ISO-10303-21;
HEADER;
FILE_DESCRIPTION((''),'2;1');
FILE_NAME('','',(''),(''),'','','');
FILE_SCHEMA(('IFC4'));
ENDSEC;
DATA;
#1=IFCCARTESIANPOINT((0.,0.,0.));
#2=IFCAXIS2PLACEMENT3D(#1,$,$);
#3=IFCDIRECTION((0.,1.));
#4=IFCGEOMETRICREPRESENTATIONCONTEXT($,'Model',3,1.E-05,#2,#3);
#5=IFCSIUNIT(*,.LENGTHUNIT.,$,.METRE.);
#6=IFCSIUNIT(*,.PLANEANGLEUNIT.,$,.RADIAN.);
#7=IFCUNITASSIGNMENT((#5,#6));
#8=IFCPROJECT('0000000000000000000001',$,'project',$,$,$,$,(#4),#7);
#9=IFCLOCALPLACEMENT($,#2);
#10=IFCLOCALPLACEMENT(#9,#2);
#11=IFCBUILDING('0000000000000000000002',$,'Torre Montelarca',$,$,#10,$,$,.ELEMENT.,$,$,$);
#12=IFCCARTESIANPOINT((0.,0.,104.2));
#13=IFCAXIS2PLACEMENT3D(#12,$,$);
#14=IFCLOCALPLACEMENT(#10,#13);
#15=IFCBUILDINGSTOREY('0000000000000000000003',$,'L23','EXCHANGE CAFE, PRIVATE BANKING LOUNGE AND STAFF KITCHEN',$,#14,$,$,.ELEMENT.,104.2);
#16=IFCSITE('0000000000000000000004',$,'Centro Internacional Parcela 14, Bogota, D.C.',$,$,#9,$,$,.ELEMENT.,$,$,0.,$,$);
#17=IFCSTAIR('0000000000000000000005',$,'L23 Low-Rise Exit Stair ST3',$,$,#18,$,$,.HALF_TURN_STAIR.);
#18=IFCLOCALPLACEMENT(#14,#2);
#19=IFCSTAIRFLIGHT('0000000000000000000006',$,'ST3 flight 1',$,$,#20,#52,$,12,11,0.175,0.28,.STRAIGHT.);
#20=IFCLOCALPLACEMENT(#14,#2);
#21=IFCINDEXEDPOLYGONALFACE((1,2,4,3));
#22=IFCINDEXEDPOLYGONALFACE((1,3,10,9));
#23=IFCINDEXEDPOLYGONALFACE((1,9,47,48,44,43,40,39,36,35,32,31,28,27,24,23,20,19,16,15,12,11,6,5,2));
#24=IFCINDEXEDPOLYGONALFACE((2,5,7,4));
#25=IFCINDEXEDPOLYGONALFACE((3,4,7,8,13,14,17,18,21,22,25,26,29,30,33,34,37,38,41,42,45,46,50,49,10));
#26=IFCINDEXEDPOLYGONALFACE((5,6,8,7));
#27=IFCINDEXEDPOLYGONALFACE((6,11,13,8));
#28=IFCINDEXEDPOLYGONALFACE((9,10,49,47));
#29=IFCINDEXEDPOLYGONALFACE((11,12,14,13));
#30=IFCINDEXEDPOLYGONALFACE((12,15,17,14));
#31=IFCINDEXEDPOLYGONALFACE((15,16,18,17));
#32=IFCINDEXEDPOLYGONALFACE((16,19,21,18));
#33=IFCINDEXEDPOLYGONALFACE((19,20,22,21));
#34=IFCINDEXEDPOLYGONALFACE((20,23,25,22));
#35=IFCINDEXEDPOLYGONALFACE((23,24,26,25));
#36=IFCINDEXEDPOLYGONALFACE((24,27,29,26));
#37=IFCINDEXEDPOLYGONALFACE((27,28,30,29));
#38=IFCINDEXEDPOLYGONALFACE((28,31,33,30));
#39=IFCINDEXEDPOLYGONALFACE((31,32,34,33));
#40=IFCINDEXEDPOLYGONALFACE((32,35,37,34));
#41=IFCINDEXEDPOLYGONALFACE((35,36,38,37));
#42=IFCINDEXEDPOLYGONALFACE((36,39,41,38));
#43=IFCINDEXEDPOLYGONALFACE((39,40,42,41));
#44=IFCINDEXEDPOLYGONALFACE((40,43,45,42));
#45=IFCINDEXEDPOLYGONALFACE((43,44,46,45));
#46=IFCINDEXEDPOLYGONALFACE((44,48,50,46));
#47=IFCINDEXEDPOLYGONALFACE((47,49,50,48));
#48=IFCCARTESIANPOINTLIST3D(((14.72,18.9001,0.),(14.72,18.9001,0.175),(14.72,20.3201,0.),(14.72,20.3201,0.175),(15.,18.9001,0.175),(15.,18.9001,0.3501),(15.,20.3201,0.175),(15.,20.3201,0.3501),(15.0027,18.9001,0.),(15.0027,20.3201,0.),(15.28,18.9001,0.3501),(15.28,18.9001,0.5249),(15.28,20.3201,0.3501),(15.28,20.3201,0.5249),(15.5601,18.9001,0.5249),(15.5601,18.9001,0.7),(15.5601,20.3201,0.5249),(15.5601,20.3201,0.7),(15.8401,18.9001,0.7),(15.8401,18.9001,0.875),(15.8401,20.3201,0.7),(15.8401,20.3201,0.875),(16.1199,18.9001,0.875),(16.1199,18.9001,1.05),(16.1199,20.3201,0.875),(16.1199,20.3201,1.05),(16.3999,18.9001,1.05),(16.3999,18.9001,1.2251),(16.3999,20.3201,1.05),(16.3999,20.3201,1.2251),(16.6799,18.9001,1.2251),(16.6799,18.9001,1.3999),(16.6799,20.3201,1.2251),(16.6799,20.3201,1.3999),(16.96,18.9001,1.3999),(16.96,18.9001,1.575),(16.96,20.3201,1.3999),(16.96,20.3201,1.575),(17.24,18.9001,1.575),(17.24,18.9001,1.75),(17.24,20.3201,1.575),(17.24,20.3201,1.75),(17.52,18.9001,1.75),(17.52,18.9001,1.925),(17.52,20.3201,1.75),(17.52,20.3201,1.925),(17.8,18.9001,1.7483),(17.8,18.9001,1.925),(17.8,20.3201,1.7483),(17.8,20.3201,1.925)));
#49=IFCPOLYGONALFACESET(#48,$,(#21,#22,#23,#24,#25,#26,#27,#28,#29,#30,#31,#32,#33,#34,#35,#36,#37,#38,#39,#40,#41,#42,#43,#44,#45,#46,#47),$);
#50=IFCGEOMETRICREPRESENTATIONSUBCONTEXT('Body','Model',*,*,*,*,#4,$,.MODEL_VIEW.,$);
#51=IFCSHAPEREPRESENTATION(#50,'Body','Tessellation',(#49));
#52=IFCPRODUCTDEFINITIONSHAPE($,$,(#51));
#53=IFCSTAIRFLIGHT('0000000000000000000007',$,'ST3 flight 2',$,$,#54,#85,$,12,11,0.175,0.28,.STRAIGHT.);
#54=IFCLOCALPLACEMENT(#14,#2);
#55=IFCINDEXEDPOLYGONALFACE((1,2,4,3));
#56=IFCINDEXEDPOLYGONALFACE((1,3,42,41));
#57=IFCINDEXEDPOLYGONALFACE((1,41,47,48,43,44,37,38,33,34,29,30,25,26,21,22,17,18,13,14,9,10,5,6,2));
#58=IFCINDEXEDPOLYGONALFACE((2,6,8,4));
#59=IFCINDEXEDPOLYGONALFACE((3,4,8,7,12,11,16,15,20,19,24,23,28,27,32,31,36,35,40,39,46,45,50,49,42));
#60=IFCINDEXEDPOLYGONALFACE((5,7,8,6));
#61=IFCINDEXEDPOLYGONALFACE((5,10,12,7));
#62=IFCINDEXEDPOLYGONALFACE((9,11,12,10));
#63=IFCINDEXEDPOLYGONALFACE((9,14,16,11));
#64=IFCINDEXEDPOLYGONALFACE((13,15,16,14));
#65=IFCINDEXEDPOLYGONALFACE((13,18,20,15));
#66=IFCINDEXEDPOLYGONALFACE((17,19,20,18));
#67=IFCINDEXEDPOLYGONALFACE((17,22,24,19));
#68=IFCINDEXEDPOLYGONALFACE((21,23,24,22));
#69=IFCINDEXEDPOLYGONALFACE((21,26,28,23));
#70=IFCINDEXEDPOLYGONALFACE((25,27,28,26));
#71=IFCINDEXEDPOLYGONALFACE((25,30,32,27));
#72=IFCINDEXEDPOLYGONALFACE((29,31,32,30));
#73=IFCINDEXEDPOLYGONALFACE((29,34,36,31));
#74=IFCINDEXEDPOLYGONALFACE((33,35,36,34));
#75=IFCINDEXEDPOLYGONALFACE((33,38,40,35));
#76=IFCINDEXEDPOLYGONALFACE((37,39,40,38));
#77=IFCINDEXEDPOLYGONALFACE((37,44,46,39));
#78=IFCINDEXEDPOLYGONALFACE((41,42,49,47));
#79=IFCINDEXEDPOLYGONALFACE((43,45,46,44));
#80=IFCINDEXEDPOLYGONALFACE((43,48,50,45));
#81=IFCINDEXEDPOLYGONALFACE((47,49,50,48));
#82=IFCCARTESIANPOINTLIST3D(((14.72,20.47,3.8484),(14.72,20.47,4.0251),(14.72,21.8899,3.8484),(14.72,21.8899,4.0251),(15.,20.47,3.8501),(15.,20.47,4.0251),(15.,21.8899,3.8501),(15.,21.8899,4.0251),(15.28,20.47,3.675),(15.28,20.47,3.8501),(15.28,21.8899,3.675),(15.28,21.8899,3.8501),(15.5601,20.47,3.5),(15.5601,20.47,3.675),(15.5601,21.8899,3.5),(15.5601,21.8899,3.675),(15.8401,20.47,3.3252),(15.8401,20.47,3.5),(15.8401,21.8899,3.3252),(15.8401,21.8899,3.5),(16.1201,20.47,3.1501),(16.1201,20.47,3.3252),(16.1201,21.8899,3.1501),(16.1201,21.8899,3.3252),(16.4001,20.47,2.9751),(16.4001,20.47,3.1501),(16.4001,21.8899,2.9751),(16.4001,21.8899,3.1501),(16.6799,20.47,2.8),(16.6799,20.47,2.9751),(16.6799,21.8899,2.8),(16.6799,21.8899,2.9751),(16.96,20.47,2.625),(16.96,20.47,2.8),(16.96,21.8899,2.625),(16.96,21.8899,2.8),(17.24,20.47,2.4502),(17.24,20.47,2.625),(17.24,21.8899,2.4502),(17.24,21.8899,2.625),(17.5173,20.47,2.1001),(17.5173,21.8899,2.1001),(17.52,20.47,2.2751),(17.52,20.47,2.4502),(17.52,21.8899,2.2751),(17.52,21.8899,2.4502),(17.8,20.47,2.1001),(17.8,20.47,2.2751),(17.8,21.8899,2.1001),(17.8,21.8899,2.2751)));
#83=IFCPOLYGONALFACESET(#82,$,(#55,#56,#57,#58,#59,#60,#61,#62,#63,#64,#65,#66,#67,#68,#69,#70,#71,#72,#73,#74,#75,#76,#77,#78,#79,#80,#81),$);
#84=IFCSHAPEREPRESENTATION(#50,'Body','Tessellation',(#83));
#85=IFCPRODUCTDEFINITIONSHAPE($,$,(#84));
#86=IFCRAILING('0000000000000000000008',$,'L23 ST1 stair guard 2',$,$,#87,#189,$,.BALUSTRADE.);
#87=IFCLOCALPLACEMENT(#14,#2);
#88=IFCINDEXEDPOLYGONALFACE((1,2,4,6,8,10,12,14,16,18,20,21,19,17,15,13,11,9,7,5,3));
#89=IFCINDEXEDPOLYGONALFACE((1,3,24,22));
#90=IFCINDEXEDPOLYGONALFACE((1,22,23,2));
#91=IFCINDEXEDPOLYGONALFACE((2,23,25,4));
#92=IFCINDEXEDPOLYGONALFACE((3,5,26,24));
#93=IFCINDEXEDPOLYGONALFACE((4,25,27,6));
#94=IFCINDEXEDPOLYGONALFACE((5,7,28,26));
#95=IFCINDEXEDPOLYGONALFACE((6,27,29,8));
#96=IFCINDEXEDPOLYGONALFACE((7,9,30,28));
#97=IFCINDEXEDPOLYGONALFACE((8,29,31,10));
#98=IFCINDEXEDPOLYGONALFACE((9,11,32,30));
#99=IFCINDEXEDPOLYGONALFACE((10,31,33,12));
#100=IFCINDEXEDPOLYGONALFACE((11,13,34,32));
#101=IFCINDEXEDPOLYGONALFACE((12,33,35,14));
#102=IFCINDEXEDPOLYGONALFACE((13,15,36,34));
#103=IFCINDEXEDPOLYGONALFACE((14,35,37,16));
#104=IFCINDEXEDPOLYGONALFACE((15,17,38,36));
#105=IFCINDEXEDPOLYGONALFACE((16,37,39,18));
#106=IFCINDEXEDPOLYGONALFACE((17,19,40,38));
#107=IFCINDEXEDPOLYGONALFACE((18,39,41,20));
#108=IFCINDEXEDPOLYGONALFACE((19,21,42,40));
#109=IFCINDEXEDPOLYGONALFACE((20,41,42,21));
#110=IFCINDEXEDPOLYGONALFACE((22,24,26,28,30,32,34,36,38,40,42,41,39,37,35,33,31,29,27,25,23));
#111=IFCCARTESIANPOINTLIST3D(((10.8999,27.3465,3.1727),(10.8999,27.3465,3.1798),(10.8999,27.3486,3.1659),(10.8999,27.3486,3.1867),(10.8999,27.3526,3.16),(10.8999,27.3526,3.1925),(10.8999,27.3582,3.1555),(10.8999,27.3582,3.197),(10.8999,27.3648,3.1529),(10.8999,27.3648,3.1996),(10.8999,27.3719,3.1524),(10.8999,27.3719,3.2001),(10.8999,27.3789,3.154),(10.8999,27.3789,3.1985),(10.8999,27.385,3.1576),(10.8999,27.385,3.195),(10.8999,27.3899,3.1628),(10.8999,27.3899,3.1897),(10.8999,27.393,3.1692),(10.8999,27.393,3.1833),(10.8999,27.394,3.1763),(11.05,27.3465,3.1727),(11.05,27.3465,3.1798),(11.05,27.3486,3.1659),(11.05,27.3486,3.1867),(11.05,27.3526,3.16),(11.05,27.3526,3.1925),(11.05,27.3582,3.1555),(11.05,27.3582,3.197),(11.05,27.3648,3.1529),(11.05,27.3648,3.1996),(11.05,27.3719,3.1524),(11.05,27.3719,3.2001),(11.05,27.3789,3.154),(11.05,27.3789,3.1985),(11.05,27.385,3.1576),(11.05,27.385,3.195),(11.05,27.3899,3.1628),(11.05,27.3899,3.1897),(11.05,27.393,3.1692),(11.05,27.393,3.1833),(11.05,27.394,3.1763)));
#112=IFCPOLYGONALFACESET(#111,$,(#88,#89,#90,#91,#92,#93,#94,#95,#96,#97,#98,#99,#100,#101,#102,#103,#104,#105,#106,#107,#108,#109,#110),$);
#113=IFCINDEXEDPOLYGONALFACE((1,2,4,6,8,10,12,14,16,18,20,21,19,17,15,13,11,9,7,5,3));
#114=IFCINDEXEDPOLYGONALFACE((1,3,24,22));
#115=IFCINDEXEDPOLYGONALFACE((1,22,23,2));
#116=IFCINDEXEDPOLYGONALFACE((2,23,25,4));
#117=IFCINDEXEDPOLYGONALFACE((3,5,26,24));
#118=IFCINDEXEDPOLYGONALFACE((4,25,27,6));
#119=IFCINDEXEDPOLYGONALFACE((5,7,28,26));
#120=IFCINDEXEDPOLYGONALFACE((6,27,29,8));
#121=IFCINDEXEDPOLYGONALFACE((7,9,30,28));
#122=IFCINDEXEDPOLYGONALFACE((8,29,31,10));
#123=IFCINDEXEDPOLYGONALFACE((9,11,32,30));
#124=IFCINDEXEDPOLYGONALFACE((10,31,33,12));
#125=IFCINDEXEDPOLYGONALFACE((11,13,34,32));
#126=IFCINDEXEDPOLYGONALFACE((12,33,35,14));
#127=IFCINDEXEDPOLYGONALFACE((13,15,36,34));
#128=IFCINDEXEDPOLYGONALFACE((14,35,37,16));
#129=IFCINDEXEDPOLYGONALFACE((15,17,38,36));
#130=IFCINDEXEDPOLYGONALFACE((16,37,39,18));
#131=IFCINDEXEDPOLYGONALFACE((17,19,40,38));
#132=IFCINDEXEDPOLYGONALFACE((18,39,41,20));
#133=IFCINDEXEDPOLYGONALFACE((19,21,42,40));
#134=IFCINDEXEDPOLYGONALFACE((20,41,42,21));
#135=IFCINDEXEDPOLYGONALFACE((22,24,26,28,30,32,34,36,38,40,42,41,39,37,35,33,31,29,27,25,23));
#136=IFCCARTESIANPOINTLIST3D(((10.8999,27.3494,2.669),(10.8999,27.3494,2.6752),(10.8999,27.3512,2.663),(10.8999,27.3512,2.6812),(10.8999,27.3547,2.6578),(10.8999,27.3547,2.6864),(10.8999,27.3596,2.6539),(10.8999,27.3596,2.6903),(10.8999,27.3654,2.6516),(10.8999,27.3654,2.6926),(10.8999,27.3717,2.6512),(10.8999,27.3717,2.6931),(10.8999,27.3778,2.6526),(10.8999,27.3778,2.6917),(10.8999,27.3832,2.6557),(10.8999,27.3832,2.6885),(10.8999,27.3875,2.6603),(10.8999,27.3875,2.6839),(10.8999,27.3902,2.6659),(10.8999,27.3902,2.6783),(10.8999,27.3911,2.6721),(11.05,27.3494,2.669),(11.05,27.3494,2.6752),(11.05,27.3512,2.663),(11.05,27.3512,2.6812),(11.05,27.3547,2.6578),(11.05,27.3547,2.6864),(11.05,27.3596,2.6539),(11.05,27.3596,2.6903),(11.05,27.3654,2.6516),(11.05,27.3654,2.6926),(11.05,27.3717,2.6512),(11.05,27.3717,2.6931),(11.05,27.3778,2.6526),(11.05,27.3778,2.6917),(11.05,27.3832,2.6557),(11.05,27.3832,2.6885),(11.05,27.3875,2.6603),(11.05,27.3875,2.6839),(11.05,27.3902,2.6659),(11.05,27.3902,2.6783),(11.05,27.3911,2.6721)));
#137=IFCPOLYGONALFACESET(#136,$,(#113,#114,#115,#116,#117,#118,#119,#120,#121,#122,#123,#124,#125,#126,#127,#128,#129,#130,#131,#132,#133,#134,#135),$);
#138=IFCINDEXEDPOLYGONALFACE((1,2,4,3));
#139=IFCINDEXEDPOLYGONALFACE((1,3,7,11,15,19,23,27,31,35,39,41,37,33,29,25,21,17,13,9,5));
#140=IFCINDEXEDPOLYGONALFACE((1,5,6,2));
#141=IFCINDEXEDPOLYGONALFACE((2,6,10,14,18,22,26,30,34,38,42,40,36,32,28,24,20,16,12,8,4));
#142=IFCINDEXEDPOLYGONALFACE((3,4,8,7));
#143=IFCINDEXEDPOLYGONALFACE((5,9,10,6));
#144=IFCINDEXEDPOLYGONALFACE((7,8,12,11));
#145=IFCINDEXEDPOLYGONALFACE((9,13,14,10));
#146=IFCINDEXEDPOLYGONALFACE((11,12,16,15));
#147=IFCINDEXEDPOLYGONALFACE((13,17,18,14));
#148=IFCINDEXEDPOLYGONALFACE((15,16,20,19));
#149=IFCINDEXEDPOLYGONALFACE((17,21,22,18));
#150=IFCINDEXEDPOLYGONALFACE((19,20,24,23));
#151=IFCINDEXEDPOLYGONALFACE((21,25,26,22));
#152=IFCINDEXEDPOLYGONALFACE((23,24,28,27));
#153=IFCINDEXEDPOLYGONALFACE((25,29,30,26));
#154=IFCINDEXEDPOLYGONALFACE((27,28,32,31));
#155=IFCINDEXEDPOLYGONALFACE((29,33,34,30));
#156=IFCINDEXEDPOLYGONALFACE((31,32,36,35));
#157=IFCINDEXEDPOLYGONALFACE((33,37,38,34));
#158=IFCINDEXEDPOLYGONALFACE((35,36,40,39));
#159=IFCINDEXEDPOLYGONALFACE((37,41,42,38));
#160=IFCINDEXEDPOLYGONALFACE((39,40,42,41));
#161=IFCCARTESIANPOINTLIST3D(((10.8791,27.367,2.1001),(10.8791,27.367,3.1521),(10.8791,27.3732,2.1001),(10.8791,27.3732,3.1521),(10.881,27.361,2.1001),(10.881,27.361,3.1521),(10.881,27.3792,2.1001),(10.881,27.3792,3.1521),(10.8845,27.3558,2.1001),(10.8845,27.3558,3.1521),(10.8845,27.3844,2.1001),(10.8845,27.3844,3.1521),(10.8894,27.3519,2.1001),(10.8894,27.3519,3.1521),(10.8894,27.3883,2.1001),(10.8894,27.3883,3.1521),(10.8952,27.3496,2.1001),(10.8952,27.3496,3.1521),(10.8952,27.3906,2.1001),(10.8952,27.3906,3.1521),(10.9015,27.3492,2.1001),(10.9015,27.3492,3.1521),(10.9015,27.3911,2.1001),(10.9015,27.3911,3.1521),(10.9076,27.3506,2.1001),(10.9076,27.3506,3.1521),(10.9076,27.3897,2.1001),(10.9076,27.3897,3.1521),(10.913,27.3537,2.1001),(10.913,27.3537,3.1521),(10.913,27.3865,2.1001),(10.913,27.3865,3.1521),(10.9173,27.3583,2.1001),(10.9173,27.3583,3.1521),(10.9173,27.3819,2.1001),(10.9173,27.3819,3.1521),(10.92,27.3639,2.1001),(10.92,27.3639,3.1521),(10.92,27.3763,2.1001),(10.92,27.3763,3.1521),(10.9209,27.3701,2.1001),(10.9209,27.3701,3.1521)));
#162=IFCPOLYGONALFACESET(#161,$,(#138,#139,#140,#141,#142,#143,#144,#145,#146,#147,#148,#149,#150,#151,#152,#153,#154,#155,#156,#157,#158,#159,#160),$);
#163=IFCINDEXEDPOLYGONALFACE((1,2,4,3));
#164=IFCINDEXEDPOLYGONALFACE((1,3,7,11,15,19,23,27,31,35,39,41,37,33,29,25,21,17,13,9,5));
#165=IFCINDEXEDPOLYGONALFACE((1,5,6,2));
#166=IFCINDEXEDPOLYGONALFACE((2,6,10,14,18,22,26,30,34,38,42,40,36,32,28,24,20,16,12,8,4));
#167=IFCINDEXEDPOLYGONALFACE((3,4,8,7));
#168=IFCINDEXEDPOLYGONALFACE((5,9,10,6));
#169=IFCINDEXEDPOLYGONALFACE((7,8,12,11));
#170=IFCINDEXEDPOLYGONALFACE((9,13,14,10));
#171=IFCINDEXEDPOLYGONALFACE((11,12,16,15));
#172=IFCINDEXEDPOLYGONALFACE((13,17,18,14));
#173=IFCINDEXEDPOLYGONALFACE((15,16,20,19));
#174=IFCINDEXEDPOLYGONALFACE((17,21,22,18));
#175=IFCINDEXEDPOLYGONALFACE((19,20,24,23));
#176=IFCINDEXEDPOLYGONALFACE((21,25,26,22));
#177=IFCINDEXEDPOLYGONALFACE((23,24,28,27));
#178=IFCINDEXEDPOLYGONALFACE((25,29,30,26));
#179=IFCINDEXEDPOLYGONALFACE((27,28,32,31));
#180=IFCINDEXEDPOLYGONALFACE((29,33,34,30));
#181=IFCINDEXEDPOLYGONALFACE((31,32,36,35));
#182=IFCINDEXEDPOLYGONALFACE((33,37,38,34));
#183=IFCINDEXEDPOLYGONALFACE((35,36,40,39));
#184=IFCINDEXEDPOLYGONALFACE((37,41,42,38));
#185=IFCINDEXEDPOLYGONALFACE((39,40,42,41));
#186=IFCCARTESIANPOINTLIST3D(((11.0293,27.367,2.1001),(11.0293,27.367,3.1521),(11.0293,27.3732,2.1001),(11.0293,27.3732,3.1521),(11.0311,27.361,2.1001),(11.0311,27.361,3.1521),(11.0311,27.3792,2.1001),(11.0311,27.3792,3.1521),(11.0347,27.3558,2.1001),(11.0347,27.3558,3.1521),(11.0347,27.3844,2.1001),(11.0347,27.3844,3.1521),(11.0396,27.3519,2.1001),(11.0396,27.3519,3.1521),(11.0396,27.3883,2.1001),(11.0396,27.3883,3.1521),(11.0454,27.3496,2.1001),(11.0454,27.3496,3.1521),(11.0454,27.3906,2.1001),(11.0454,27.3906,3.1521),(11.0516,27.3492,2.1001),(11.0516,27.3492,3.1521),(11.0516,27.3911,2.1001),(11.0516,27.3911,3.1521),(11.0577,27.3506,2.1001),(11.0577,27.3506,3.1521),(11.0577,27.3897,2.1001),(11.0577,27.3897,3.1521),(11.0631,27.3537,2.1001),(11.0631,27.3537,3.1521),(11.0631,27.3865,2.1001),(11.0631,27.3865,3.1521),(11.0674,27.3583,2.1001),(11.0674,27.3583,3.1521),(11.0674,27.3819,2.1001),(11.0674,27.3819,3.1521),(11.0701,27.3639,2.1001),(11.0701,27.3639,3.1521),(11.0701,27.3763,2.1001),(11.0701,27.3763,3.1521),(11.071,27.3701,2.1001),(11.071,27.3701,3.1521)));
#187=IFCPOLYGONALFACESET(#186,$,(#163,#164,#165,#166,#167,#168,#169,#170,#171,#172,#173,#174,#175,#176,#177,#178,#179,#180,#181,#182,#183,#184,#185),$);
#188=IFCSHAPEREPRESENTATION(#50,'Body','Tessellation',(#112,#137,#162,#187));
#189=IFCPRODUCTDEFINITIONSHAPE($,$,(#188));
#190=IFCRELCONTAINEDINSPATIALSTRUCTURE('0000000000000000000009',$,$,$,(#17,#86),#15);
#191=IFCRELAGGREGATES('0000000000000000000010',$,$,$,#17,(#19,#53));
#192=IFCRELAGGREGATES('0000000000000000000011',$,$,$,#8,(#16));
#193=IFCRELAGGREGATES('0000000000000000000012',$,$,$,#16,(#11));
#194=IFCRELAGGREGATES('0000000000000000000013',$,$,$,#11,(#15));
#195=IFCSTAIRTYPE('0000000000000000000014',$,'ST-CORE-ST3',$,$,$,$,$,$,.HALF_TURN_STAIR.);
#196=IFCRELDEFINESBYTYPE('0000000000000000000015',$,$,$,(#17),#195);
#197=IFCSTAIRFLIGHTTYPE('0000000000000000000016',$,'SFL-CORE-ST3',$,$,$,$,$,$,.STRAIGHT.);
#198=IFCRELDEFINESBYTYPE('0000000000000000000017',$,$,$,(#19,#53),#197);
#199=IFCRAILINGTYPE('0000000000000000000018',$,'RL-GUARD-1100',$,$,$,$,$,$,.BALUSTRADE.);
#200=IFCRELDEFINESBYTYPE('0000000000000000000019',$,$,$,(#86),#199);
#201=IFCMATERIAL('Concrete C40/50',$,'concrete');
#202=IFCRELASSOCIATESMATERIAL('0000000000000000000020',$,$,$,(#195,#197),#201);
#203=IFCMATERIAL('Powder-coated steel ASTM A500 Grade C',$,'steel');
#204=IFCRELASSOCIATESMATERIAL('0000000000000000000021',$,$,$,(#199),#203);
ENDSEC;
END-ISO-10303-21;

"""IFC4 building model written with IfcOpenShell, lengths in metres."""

from ifc_helpers import new_model, si_unit, direction, frame, origin, origin_2d, place, context, subcontext, project, spatial, polyline, circle, outline, extrude, material, type_object, element, aggregate, save


model = new_model("IFC4")

# Units and contexts
model_context = context("Model", 3, precision=1e-05, world=origin(), true_north=direction((0.0, 1.0)))
body_context = subcontext(model_context, "Body", "Model", "MODEL_VIEW")
ifc_project = project(units=[si_unit("LENGTHUNIT", "METRE"), si_unit("PLANEANGLEUNIT", "RADIAN")], contexts=[model_context])

# Site, building, storey
site_placement = place(None, origin())
site = spatial("IfcSite", under=ifc_project, at=site_placement, Name="Centro Internacional Parcela 14, Bogota, D.C.", CompositionType="ELEMENT", RefElevation=0.0)
building_placement = place(site_placement, origin())
building = spatial("IfcBuilding", under=site, at=building_placement, Name="Torre Montelarca", CompositionType="ELEMENT")
storey_placement = place(building_placement, frame((0.0, 0.0, 104.2)))
storey = spatial("IfcBuildingStorey", under=building, at=storey_placement, Name="L23", Description="EXCHANGE CAFE, PRIVATE BANKING LOUNGE AND STAFF KITCHEN", CompositionType="ELEMENT", Elevation=104.2)

# Shared definitions
ifc_material_1 = material(Name="Concrete C40/50", Category="concrete")

# Stair, stair flights
stair_type = type_object("IfcStairType", Name="ST-CORE-ST3", PredefinedType="HALF_TURN_STAIR", material=ifc_material_1)
stair_placement = place(storey_placement, origin())
stair = element("IfcStair", 1, at=stair_placement, inside=storey, type_object=stair_type, Name="L23 Low-Rise Exit Stair ST3", PredefinedType="HALF_TURN_STAIR")
stair_flight_type = type_object("IfcStairFlightType", Name="SFL-CORE-ST3", PredefinedType="STRAIGHT", material=ifc_material_1)
stair_flight_1_placement = place(storey_placement, frame((14.72, 19.6101, 0.0), z_axis=(0.0, 0.0, 1.0), x_axis=(1.0, 0.0, 0.0)))
stair_flight_1 = element("IfcStairFlight", 2, at=stair_flight_1_placement, type_object=stair_flight_type, Name="ST3 flight 1", NumberOfRisers=12, NumberOfTreads=11, PredefinedType="STRAIGHT", RiserHeight=0.175, TreadLength=0.28, context=body_context, shape_type="SweptSolid", body=[
    extrude(outline(polyline([(0.0, 0.0), (0.0, 0.175), (0.28, 0.175), (0.28, 0.3501), (0.5601, 0.3501), (0.5601, 0.5249), (0.8401, 0.5249), (0.8401, 0.7), (1.1201, 0.7), (1.1201, 0.875), (1.3999, 0.875), (1.3999, 1.05), (1.6799, 1.05), (1.6799, 1.2251), (1.96, 1.2251), (1.96, 1.3999), (2.24, 1.3999), (2.24, 1.575), (2.52, 1.575), (2.52, 1.75), (2.8, 1.75), (2.8, 1.925), (3.0801, 1.925), (3.0801, 2.1001), (3.0801, 1.7483), (0.2827, 0.0), (0.0, 0.0)])), frame((0.0, 0.71, 0.0), z_axis=(0.0, -1.0, 0.0), x_axis=(1.0, 0.0, 0.0)), (0.0, 0.0, 1.0), 1.4199),
])
stair_flight_2_placement = place(storey_placement, frame((17.8, 21.1799, 2.1001), z_axis=(0.0, 0.0, 1.0), x_axis=(-1.0, 0.0, 0.0)))
stair_flight_2 = element("IfcStairFlight", 3, at=stair_flight_2_placement, type_object=stair_flight_type, Name="ST3 flight 2", NumberOfRisers=12, NumberOfTreads=11, PredefinedType="STRAIGHT", RiserHeight=0.175, TreadLength=0.28, context=body_context, shape_type="SweptSolid", body=[
    extrude(outline(polyline([(0.0, 0.0), (0.0, 0.175), (0.28, 0.175), (0.28, 0.3501), (0.5601, 0.3501), (0.5601, 0.5249), (0.8401, 0.5249), (0.8401, 0.7), (1.1201, 0.7), (1.1201, 0.875), (1.3999, 0.875), (1.3999, 1.05), (1.6799, 1.05), (1.6799, 1.2251), (1.96, 1.2251), (1.96, 1.3999), (2.24, 1.3999), (2.24, 1.575), (2.52, 1.575), (2.52, 1.75), (2.8, 1.75), (2.8, 1.925), (3.0801, 1.925), (3.0801, 2.1001), (3.0801, 1.7483), (0.2827, 0.0), (0.0, 0.0)])), frame((0.0, 0.71, 0.0), z_axis=(0.0, -1.0, 0.0), x_axis=(1.0, 0.0, 0.0)), (0.0, 0.0, 1.0), 1.4199),
])
aggregate(stair, [stair_flight_1, stair_flight_2])

# Railing
ifc_material_2 = material(Name="Powder-coated steel ASTM A500 Grade C", Category="steel")
railing_type_1 = type_object("IfcRailingType", Name="RL-GUARD-1100", PredefinedType="BALUSTRADE", material=ifc_material_2)
railing_1_placement = place(storey_placement, frame((10.8999, 27.3701, 2.1001)))
element("IfcRailing", 4, at=railing_1_placement, inside=storey, type_object=railing_type_1, Name="L23 ST1 stair guard 2", PredefinedType="BALUSTRADE", context=body_context, shape_type="SweptSolid", body=[
    extrude(circle(Radius=0.0239, at=origin_2d()), frame((0.0, 0.0, 1.0762), z_axis=(1.0, 0.0, 0.0), x_axis=(0.0, 1.0, 0.0)), (0.0, 0.0, 1.0), 0.1501),
    extrude(circle(Radius=0.021, at=origin_2d()), frame((0.0, 0.0, 0.572), z_axis=(1.0, 0.0, 0.0), x_axis=(0.0, 1.0, 0.0)), (0.0, 0.0, 1.0), 0.1501),
    extrude(circle(Radius=0.021, at=origin_2d()), origin(), (0.0, 0.0, 1.0), 1.052),
    extrude(circle(Radius=0.021, at=origin_2d()), frame((0.1501, 0.0, 0.0)), (0.0, 0.0, 1.0), 1.052),
])

save(model, "model.ifc")
